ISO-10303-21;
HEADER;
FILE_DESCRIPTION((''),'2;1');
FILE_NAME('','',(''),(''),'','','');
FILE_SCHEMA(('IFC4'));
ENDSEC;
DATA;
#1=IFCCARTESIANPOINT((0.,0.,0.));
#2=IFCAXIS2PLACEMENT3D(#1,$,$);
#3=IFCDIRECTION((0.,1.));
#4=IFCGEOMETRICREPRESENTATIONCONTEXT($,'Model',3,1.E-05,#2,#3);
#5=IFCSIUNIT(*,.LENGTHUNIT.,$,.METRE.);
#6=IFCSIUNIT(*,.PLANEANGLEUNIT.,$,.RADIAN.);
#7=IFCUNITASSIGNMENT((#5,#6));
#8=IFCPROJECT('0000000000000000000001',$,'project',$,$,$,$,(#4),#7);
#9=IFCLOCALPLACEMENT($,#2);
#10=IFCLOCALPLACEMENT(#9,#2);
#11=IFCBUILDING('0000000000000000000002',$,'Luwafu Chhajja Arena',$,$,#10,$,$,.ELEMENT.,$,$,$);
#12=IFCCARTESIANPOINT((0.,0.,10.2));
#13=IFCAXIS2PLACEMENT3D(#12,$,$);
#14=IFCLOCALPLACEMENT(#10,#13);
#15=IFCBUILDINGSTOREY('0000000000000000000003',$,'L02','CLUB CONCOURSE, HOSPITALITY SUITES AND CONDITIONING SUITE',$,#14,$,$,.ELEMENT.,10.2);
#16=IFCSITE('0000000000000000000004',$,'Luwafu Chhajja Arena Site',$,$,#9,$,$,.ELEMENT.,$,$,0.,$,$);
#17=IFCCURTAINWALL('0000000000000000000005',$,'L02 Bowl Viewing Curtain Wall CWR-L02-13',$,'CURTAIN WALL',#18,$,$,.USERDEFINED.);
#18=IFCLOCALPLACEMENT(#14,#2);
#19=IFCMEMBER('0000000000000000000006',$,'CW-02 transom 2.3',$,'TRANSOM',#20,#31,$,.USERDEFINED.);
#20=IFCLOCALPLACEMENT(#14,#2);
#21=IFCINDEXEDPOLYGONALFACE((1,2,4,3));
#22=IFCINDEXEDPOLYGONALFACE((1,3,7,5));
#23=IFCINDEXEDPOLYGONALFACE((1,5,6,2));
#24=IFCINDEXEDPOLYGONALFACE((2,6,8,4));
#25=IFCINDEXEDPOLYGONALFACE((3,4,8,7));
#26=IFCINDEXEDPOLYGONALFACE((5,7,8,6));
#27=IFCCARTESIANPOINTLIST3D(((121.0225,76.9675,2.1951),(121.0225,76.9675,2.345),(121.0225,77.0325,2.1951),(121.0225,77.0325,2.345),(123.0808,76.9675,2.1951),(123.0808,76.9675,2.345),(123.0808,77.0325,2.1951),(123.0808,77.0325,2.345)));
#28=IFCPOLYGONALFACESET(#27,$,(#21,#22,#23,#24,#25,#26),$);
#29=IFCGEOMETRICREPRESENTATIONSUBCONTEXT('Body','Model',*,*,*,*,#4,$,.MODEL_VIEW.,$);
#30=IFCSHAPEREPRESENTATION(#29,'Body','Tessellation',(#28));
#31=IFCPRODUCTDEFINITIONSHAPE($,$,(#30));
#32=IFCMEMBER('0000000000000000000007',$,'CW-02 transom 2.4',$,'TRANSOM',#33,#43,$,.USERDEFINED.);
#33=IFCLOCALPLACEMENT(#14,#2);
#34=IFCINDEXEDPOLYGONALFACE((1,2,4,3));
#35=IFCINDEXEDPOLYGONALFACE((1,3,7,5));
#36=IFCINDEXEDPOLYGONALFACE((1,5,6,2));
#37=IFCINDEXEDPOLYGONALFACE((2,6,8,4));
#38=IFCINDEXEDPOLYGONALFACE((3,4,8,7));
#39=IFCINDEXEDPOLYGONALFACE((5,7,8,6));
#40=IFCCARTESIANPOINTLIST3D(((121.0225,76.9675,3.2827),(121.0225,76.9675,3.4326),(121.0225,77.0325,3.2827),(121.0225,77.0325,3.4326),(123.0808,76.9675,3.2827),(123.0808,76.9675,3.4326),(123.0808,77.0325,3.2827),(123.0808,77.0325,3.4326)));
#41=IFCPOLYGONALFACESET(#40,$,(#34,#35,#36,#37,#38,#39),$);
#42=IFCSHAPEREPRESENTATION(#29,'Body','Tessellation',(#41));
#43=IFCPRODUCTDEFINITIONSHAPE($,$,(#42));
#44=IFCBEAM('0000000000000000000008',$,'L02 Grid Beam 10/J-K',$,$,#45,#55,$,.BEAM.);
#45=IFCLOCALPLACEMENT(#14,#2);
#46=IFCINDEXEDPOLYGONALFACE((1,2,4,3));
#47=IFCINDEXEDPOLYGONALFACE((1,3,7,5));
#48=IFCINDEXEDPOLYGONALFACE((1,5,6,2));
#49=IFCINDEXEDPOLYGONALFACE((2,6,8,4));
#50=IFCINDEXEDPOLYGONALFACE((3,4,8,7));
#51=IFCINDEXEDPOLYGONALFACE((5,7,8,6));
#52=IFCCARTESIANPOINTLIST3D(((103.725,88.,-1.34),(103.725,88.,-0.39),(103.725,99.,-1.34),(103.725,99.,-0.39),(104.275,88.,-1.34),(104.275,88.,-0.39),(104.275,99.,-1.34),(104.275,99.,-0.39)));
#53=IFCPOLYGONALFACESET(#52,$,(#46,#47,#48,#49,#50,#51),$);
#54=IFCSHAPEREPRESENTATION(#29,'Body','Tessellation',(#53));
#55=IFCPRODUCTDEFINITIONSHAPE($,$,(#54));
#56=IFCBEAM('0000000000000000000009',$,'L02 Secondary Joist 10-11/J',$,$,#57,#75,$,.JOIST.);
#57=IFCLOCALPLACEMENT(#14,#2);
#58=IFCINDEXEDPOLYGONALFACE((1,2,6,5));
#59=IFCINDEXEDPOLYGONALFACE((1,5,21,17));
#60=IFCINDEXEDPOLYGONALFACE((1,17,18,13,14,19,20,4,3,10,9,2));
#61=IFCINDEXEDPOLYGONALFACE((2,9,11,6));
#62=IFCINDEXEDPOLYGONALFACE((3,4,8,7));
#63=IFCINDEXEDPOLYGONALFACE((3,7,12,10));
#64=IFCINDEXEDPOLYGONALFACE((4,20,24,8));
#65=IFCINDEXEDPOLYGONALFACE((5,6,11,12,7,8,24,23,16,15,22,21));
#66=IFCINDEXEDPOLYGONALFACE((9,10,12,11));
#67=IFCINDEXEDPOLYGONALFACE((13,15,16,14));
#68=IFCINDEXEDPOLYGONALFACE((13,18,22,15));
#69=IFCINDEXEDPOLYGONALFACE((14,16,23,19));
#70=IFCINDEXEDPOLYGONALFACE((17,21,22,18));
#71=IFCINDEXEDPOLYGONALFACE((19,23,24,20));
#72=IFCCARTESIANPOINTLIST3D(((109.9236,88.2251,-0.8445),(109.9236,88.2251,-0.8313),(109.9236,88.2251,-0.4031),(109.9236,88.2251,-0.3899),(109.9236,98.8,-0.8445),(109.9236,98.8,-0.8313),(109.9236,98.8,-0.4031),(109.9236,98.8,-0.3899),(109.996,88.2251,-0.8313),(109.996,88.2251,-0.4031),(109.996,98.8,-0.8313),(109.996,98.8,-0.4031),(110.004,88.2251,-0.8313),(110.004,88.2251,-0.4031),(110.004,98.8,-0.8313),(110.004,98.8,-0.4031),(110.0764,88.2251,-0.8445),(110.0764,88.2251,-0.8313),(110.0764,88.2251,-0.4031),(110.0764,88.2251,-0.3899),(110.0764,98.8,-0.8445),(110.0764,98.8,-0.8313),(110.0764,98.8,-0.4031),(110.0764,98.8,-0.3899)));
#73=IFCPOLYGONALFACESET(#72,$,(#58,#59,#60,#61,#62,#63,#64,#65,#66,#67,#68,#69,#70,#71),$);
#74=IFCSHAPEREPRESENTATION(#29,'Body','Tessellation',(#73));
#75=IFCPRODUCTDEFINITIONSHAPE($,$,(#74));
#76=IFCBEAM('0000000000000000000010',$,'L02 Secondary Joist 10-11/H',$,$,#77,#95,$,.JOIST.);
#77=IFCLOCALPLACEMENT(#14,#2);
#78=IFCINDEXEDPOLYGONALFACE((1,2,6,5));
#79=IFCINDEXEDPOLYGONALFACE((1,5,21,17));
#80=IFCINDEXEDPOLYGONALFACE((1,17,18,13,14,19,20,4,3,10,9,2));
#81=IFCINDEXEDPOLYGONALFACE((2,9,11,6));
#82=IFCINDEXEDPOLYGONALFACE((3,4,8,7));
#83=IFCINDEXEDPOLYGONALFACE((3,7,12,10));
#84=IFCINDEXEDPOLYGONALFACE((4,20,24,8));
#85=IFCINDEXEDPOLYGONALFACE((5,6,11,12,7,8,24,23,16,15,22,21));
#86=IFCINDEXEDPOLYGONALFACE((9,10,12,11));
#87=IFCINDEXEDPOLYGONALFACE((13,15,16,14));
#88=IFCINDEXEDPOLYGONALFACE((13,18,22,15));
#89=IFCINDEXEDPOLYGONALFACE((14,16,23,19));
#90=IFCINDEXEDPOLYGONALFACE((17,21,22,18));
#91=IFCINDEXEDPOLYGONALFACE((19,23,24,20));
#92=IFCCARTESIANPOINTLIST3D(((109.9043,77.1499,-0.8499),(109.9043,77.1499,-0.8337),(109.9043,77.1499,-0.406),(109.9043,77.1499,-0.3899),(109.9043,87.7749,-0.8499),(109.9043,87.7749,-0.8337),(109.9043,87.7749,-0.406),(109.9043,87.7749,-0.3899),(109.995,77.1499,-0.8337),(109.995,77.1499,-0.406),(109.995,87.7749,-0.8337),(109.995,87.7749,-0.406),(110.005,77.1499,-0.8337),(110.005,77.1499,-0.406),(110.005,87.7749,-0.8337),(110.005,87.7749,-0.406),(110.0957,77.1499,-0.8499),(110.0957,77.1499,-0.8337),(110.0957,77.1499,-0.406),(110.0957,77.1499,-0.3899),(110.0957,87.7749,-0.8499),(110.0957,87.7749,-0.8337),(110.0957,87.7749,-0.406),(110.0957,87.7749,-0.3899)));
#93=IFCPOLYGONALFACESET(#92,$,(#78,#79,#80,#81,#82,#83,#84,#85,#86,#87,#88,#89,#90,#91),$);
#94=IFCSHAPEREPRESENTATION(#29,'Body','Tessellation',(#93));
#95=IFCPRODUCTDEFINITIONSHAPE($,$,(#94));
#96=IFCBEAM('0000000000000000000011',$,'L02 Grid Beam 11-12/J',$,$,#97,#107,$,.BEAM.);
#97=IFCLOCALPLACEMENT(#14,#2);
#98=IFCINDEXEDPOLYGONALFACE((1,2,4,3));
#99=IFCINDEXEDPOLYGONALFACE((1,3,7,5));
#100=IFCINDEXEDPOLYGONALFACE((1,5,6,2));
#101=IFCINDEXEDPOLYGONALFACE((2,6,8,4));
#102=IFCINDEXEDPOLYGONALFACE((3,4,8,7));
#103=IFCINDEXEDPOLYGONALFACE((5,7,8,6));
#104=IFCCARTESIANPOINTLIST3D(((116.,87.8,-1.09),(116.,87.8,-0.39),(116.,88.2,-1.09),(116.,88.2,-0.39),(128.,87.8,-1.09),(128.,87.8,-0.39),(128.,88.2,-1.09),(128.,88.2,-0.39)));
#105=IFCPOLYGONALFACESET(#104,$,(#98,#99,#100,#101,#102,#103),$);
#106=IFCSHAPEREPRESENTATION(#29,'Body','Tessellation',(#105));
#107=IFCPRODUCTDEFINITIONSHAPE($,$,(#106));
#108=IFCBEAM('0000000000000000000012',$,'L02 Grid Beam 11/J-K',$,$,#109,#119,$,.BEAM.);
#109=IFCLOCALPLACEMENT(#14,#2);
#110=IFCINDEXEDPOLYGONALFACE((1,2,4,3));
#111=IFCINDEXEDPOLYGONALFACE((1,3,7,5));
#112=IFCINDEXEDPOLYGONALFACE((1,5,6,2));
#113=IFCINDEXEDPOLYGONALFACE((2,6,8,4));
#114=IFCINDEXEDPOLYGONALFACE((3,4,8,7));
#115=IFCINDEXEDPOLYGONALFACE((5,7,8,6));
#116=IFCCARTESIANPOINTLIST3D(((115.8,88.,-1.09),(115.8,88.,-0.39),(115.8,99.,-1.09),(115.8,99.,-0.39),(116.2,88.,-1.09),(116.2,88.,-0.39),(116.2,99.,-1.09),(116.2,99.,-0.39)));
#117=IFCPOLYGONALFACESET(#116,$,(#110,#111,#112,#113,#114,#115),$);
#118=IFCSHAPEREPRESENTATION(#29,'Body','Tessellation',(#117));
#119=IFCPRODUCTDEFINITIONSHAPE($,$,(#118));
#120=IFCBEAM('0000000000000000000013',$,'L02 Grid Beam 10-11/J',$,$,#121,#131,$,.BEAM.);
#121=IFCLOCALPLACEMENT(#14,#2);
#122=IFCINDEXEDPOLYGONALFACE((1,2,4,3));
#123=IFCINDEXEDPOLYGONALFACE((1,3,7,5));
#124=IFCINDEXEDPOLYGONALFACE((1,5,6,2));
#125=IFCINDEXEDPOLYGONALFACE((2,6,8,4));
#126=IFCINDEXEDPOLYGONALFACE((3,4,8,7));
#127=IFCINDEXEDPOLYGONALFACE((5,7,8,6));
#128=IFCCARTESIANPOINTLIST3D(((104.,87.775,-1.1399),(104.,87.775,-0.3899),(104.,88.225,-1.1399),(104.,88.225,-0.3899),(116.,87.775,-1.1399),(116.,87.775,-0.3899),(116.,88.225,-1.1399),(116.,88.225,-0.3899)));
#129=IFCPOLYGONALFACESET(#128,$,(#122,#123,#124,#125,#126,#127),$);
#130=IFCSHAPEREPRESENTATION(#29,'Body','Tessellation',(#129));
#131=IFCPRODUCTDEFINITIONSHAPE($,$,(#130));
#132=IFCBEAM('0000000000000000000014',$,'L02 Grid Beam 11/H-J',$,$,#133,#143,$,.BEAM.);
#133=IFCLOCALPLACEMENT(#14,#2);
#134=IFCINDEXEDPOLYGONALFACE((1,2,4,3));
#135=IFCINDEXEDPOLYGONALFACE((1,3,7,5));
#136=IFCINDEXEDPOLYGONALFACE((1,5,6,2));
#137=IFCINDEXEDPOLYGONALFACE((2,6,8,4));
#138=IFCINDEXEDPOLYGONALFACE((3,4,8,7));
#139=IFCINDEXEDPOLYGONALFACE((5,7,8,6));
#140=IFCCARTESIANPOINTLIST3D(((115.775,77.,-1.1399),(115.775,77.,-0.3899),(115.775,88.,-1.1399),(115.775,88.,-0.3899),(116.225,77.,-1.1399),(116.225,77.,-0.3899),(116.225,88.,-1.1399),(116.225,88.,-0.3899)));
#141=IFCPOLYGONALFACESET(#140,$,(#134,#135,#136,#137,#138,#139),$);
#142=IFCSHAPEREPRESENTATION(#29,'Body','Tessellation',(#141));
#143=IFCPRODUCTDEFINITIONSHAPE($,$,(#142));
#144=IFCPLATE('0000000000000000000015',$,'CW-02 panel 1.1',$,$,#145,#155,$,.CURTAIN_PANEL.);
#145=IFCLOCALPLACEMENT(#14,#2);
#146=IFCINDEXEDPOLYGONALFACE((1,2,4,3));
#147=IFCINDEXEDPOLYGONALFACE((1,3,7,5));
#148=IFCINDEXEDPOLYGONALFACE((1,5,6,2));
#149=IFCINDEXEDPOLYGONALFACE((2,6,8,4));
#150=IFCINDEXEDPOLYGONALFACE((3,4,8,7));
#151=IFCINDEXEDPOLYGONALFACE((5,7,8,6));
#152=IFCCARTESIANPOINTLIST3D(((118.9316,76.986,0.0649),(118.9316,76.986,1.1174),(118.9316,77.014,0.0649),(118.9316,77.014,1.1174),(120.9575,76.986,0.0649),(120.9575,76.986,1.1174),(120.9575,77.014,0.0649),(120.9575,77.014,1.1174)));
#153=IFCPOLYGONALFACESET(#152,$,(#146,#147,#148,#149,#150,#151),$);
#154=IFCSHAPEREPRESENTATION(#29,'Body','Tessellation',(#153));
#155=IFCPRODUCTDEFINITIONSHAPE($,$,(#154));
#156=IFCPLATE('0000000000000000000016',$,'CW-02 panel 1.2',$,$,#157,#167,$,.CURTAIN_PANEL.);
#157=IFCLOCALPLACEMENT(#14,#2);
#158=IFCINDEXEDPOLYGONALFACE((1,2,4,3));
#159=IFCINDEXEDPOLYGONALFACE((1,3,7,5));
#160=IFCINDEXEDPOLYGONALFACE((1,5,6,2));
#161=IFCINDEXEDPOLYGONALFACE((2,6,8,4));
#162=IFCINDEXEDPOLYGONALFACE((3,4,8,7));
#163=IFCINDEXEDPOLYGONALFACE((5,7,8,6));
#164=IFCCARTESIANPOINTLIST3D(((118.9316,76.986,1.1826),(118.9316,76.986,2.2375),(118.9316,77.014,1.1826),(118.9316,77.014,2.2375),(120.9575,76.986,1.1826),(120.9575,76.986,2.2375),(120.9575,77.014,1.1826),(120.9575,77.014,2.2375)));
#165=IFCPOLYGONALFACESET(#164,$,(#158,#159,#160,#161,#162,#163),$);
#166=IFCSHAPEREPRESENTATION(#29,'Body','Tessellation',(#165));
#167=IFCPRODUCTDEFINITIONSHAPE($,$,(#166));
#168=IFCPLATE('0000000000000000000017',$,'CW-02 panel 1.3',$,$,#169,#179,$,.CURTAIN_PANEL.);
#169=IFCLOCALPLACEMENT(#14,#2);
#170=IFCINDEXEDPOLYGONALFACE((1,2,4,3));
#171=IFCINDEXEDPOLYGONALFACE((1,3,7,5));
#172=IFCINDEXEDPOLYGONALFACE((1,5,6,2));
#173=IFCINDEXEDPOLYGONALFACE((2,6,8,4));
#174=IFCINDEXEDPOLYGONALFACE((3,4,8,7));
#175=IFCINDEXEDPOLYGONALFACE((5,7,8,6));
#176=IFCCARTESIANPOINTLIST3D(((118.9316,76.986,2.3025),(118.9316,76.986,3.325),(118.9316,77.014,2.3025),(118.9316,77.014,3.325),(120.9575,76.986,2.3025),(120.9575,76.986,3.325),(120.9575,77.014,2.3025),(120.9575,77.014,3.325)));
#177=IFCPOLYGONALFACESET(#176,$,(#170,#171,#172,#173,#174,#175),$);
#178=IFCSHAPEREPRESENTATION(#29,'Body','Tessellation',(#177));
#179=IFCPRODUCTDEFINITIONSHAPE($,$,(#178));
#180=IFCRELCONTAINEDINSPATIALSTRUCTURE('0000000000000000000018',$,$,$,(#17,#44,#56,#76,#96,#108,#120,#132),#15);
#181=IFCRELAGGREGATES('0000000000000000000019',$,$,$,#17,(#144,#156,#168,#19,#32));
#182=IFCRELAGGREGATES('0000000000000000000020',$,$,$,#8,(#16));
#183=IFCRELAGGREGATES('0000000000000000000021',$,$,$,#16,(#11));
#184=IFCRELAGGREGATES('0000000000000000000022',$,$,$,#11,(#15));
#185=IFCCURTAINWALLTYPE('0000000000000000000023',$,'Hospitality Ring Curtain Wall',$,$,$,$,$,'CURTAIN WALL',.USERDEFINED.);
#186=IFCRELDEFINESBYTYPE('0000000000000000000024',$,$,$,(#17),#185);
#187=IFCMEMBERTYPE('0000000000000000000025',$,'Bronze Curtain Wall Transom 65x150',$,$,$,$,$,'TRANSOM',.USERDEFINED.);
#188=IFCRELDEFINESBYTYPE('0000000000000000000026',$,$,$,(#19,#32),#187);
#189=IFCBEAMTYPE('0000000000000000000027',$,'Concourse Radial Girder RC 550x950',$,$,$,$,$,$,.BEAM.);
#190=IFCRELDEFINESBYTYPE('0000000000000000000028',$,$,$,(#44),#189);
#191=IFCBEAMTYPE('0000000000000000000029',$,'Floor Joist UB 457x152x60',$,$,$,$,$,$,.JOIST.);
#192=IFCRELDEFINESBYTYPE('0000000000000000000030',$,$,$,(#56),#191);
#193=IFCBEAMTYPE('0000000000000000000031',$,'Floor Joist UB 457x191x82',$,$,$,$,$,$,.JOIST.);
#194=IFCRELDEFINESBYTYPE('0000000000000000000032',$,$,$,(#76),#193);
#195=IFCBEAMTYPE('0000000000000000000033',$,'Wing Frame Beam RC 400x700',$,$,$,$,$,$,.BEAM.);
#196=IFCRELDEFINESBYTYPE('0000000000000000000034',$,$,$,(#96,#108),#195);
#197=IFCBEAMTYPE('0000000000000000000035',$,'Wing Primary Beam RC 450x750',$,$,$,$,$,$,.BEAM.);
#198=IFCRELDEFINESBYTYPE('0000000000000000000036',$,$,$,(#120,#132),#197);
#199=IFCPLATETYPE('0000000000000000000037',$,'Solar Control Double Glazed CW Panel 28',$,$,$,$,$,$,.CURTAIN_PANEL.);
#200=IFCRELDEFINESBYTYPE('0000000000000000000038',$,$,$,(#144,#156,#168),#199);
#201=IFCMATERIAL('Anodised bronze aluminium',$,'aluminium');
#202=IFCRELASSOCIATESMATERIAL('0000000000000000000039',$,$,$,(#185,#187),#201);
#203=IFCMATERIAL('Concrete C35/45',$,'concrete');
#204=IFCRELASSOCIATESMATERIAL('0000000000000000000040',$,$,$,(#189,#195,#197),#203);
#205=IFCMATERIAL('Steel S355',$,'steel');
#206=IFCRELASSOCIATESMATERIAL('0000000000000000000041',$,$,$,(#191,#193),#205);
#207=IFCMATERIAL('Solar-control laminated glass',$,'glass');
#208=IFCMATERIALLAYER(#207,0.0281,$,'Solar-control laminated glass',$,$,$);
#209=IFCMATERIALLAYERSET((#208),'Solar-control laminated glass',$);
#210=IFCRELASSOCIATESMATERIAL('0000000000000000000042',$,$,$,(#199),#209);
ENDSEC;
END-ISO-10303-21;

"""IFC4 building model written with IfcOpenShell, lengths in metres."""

from ifc_helpers import new_model, si_unit, direction, frame, origin, origin_2d, place, context, subcontext, project, spatial, rectangle, i_section, extrude, material, layer, layer_set, material_profile, profile_set, type_object, element, aggregate, save


model = new_model("IFC4")

# Units and contexts
model_context = context("Model", 3, precision=1e-05, world=origin(), true_north=direction((0.0, 1.0)))
body_context = subcontext(model_context, "Body", "Model", "MODEL_VIEW")
ifc_project = project(units=[si_unit("LENGTHUNIT", "METRE"), si_unit("PLANEANGLEUNIT", "RADIAN")], contexts=[model_context])

# Site, building, storey
site_placement = place(None, origin())
site = spatial("IfcSite", under=ifc_project, at=site_placement, Name="Luwafu Chhajja Arena Site", CompositionType="ELEMENT", RefElevation=0.0)
building_placement = place(site_placement, origin())
building = spatial("IfcBuilding", under=site, at=building_placement, Name="Luwafu Chhajja Arena", CompositionType="ELEMENT")
storey_placement = place(building_placement, frame((0.0, 0.0, 10.2)))
storey = spatial("IfcBuildingStorey", under=building, at=storey_placement, Name="L02", Description="CLUB CONCOURSE, HOSPITALITY SUITES AND CONDITIONING SUITE", CompositionType="ELEMENT", Elevation=10.2)

# Shared definitions
ifc_material_1 = material(Name="Steel S355", Category="steel")

# Curtain wall, members
ifc_material_2 = material(Name="Anodised bronze aluminium", Category="aluminium")
curtain_wall_type = type_object("IfcCurtainWallType", Name="Hospitality Ring Curtain Wall", ElementType="CURTAIN WALL", PredefinedType="USERDEFINED", material=ifc_material_2)
curtain_wall_placement = place(storey_placement, origin())
curtain_wall = element("IfcCurtainWall", 1, at=curtain_wall_placement, inside=storey, type_object=curtain_wall_type, Name="L02 Bowl Viewing Curtain Wall CWR-L02-13", ObjectType="CURTAIN WALL", PredefinedType="USERDEFINED")
ifc_material_profile_1 = material_profile(ifc_material_2, rectangle(XDim=0.0649, YDim=0.1499, at=origin_2d()), Name="CWT 65x150")
ifc_profile_set_1 = profile_set([ifc_material_profile_1], Name="Anodised bronze aluminium")
member_type_1 = type_object("IfcMemberType", Name="Bronze Curtain Wall Transom 65x150", ElementType="TRANSOM", PredefinedType="USERDEFINED", material=ifc_profile_set_1)
member_1_placement = place(storey_placement, frame((121.0225, 77.0, 2.27), z_axis=(1.0, 0.0, 0.0), x_axis=(0.0, 1.0, 0.0)))
member_1 = element("IfcMember", 2, at=member_1_placement, type_object=member_type_1, Name="CW-02 transom 2.3", ObjectType="TRANSOM", PredefinedType="USERDEFINED", context=body_context, shape_type="SweptSolid", body=[
    extrude(rectangle(XDim=0.0649, YDim=0.1499, at=origin_2d()), origin(), (0.0, 0.0, 1.0), 2.0583),
])
member_2_placement = place(storey_placement, frame((121.0225, 77.0, 3.3577), z_axis=(1.0, 0.0, 0.0), x_axis=(0.0, 1.0, 0.0)))
member_2 = element("IfcMember", 3, at=member_2_placement, type_object=member_type_1, Name="CW-02 transom 2.4", ObjectType="TRANSOM", PredefinedType="USERDEFINED", context=body_context, shape_type="SweptSolid", body=[
    extrude(rectangle(XDim=0.0649, YDim=0.1499, at=origin_2d()), origin(), (0.0, 0.0, 1.0), 2.0583),
])

# Beams
ifc_material_3 = material(Name="Concrete C35/45", Category="concrete")
ifc_material_profile_2 = material_profile(ifc_material_3, rectangle(XDim=0.55, YDim=0.95, at=origin_2d()), Name="RC 550x950")
ifc_profile_set_2 = profile_set([ifc_material_profile_2], Name="Concrete C35/45")
beam_type_1 = type_object("IfcBeamType", Name="Concourse Radial Girder RC 550x950", PredefinedType="BEAM", material=ifc_profile_set_2)
beam_1_placement = place(storey_placement, frame((104.0, 88.0, -0.865), z_axis=(0.0, 1.0, 0.0), x_axis=(-1.0, 0.0, 0.0)))
element("IfcBeam", 4, at=beam_1_placement, inside=storey, type_object=beam_type_1, Name="L02 Grid Beam 10/J-K", PredefinedType="BEAM", context=body_context, shape_type="SweptSolid", body=[
    extrude(rectangle(XDim=0.55, YDim=0.95, at=origin_2d()), origin(), (0.0, 0.0, 1.0), 11.0),
])
ifc_material_profile_3 = material_profile(ifc_material_1, i_section(OverallWidth=0.1528, OverallDepth=0.4546, WebThickness=0.0081, FlangeThickness=0.0132, at=origin_2d()), Name="UB 457x152x60")
ifc_profile_set_3 = profile_set([ifc_material_profile_3], Name="Steel S355")
beam_type_2 = type_object("IfcBeamType", Name="Floor Joist UB 457x152x60", PredefinedType="JOIST", material=ifc_profile_set_3)
beam_2_placement = place(storey_placement, frame((110.0, 88.2251, -0.6172), z_axis=(0.0, 1.0, 0.0), x_axis=(-1.0, 0.0, 0.0)))
element("IfcBeam", 5, at=beam_2_placement, inside=storey, type_object=beam_type_2, Name="L02 Secondary Joist 10-11/J", PredefinedType="JOIST", context=body_context, shape_type="SweptSolid", body=[
    extrude(i_section(OverallWidth=0.1528, OverallDepth=0.4546, WebThickness=0.0081, FlangeThickness=0.0132, at=origin_2d()), origin(), (0.0, 0.0, 1.0), 10.575),
])
ifc_material_profile_4 = material_profile(ifc_material_1, i_section(OverallWidth=0.1914, OverallDepth=0.46, WebThickness=0.01, FlangeThickness=0.0161, at=origin_2d()), Name="UB 457x191x82")
ifc_profile_set_4 = profile_set([ifc_material_profile_4], Name="Steel S355")
beam_type_3 = type_object("IfcBeamType", Name="Floor Joist UB 457x191x82", PredefinedType="JOIST", material=ifc_profile_set_4)
beam_3_placement = place(storey_placement, frame((110.0, 77.1499, -0.6199), z_axis=(0.0, 1.0, 0.0), x_axis=(-1.0, 0.0, 0.0)))
element("IfcBeam", 6, at=beam_3_placement, inside=storey, type_object=beam_type_3, Name="L02 Secondary Joist 10-11/H", PredefinedType="JOIST", context=body_context, shape_type="SweptSolid", body=[
    extrude(i_section(OverallWidth=0.1914, OverallDepth=0.46, WebThickness=0.01, FlangeThickness=0.0161, at=origin_2d()), origin(), (0.0, 0.0, 1.0), 10.625),
])
ifc_material_profile_5 = material_profile(ifc_material_3, rectangle(XDim=0.3999, YDim=0.7, at=origin_2d()), Name="RC 400x700")
ifc_profile_set_5 = profile_set([ifc_material_profile_5], Name="Concrete C35/45")
beam_type_4 = type_object("IfcBeamType", Name="Wing Frame Beam RC 400x700", PredefinedType="BEAM", material=ifc_profile_set_5)
beam_4_placement = place(storey_placement, frame((116.0, 88.0, -0.74), z_axis=(1.0, 0.0, 0.0), x_axis=(0.0, 1.0, 0.0)))
element("IfcBeam", 7, at=beam_4_placement, inside=storey, type_object=beam_type_4, Name="L02 Grid Beam 11-12/J", PredefinedType="BEAM", context=body_context, shape_type="SweptSolid", body=[
    extrude(rectangle(XDim=0.3999, YDim=0.7, at=origin_2d()), origin(), (0.0, 0.0, 1.0), 12.0),
])
beam_5_placement = place(storey_placement, frame((116.0, 88.0, -0.74), z_axis=(0.0, 1.0, 0.0), x_axis=(-1.0, 0.0, 0.0)))
element("IfcBeam", 8, at=beam_5_placement, inside=storey, type_object=beam_type_4, Name="L02 Grid Beam 11/J-K", PredefinedType="BEAM", context=body_context, shape_type="SweptSolid", body=[
    extrude(rectangle(XDim=0.3999, YDim=0.7, at=origin_2d()), origin(), (0.0, 0.0, 1.0), 11.0),
])
ifc_material_profile_6 = material_profile(ifc_material_3, rectangle(XDim=0.45, YDim=0.75, at=origin_2d()), Name="RC 450x750")
ifc_profile_set_6 = profile_set([ifc_material_profile_6], Name="Concrete C35/45")
beam_type_5 = type_object("IfcBeamType", Name="Wing Primary Beam RC 450x750", PredefinedType="BEAM", material=ifc_profile_set_6)
beam_6_placement = place(storey_placement, frame((104.0, 88.0, -0.7649), z_axis=(1.0, 0.0, 0.0), x_axis=(0.0, 1.0, 0.0)))
element("IfcBeam", 9, at=beam_6_placement, inside=storey, type_object=beam_type_5, Name="L02 Grid Beam 10-11/J", PredefinedType="BEAM", context=body_context, shape_type="SweptSolid", body=[
    extrude(rectangle(XDim=0.45, YDim=0.75, at=origin_2d()), origin(), (0.0, 0.0, 1.0), 12.0),
])
beam_7_placement = place(storey_placement, frame((116.0, 77.0, -0.7649), z_axis=(0.0, 1.0, 0.0), x_axis=(-1.0, 0.0, 0.0)))
element("IfcBeam", 10, at=beam_7_placement, inside=storey, type_object=beam_type_5, Name="L02 Grid Beam 11/H-J", PredefinedType="BEAM", context=body_context, shape_type="SweptSolid", body=[
    extrude(rectangle(XDim=0.45, YDim=0.75, at=origin_2d()), origin(), (0.0, 0.0, 1.0), 11.0),
])

# Plates
ifc_material_4 = material(Name="Solar-control laminated glass", Category="glass")
ifc_layer = layer(ifc_material_4, 0.0281, Name="Solar-control laminated glass")
ifc_layer_set = layer_set([ifc_layer], Name="Solar-control laminated glass")
plate_type = type_object("IfcPlateType", Name="Solar Control Double Glazed CW Panel 28", PredefinedType="CURTAIN_PANEL", material=ifc_layer_set)
plate_1_placement = place(storey_placement, frame((119.9446, 77.0, 0.0649), z_axis=(0.0, 0.0, 1.0), x_axis=(1.0, 0.0, 0.0)))
plate_1 = element("IfcPlate", 11, at=plate_1_placement, type_object=plate_type, Name="CW-02 panel 1.1", PredefinedType="CURTAIN_PANEL", context=body_context, shape_type="SweptSolid", body=[
    extrude(rectangle(XDim=2.0259, YDim=0.0281, at=origin_2d()), origin(), (0.0, 0.0, 1.0), 1.0525),
])
plate_2_placement = place(storey_placement, frame((119.9446, 77.0, 1.1826), z_axis=(0.0, 0.0, 1.0), x_axis=(1.0, 0.0, 0.0)))
plate_2 = element("IfcPlate", 12, at=plate_2_placement, type_object=plate_type, Name="CW-02 panel 1.2", PredefinedType="CURTAIN_PANEL", context=body_context, shape_type="SweptSolid", body=[
    extrude(rectangle(XDim=2.0259, YDim=0.0281, at=origin_2d()), origin(), (0.0, 0.0, 1.0), 1.0549),
])
plate_3_placement = place(storey_placement, frame((119.9446, 77.0, 2.3025), z_axis=(0.0, 0.0, 1.0), x_axis=(1.0, 0.0, 0.0)))
plate_3 = element("IfcPlate", 13, at=plate_3_placement, type_object=plate_type, Name="CW-02 panel 1.3", PredefinedType="CURTAIN_PANEL", context=body_context, shape_type="SweptSolid", body=[
    extrude(rectangle(XDim=2.0259, YDim=0.0281, at=origin_2d()), origin(), (0.0, 0.0, 1.0), 1.0225),
])
aggregate(curtain_wall, [plate_1, plate_2, plate_3, member_1, member_2])

save(model, "model.ifc")
